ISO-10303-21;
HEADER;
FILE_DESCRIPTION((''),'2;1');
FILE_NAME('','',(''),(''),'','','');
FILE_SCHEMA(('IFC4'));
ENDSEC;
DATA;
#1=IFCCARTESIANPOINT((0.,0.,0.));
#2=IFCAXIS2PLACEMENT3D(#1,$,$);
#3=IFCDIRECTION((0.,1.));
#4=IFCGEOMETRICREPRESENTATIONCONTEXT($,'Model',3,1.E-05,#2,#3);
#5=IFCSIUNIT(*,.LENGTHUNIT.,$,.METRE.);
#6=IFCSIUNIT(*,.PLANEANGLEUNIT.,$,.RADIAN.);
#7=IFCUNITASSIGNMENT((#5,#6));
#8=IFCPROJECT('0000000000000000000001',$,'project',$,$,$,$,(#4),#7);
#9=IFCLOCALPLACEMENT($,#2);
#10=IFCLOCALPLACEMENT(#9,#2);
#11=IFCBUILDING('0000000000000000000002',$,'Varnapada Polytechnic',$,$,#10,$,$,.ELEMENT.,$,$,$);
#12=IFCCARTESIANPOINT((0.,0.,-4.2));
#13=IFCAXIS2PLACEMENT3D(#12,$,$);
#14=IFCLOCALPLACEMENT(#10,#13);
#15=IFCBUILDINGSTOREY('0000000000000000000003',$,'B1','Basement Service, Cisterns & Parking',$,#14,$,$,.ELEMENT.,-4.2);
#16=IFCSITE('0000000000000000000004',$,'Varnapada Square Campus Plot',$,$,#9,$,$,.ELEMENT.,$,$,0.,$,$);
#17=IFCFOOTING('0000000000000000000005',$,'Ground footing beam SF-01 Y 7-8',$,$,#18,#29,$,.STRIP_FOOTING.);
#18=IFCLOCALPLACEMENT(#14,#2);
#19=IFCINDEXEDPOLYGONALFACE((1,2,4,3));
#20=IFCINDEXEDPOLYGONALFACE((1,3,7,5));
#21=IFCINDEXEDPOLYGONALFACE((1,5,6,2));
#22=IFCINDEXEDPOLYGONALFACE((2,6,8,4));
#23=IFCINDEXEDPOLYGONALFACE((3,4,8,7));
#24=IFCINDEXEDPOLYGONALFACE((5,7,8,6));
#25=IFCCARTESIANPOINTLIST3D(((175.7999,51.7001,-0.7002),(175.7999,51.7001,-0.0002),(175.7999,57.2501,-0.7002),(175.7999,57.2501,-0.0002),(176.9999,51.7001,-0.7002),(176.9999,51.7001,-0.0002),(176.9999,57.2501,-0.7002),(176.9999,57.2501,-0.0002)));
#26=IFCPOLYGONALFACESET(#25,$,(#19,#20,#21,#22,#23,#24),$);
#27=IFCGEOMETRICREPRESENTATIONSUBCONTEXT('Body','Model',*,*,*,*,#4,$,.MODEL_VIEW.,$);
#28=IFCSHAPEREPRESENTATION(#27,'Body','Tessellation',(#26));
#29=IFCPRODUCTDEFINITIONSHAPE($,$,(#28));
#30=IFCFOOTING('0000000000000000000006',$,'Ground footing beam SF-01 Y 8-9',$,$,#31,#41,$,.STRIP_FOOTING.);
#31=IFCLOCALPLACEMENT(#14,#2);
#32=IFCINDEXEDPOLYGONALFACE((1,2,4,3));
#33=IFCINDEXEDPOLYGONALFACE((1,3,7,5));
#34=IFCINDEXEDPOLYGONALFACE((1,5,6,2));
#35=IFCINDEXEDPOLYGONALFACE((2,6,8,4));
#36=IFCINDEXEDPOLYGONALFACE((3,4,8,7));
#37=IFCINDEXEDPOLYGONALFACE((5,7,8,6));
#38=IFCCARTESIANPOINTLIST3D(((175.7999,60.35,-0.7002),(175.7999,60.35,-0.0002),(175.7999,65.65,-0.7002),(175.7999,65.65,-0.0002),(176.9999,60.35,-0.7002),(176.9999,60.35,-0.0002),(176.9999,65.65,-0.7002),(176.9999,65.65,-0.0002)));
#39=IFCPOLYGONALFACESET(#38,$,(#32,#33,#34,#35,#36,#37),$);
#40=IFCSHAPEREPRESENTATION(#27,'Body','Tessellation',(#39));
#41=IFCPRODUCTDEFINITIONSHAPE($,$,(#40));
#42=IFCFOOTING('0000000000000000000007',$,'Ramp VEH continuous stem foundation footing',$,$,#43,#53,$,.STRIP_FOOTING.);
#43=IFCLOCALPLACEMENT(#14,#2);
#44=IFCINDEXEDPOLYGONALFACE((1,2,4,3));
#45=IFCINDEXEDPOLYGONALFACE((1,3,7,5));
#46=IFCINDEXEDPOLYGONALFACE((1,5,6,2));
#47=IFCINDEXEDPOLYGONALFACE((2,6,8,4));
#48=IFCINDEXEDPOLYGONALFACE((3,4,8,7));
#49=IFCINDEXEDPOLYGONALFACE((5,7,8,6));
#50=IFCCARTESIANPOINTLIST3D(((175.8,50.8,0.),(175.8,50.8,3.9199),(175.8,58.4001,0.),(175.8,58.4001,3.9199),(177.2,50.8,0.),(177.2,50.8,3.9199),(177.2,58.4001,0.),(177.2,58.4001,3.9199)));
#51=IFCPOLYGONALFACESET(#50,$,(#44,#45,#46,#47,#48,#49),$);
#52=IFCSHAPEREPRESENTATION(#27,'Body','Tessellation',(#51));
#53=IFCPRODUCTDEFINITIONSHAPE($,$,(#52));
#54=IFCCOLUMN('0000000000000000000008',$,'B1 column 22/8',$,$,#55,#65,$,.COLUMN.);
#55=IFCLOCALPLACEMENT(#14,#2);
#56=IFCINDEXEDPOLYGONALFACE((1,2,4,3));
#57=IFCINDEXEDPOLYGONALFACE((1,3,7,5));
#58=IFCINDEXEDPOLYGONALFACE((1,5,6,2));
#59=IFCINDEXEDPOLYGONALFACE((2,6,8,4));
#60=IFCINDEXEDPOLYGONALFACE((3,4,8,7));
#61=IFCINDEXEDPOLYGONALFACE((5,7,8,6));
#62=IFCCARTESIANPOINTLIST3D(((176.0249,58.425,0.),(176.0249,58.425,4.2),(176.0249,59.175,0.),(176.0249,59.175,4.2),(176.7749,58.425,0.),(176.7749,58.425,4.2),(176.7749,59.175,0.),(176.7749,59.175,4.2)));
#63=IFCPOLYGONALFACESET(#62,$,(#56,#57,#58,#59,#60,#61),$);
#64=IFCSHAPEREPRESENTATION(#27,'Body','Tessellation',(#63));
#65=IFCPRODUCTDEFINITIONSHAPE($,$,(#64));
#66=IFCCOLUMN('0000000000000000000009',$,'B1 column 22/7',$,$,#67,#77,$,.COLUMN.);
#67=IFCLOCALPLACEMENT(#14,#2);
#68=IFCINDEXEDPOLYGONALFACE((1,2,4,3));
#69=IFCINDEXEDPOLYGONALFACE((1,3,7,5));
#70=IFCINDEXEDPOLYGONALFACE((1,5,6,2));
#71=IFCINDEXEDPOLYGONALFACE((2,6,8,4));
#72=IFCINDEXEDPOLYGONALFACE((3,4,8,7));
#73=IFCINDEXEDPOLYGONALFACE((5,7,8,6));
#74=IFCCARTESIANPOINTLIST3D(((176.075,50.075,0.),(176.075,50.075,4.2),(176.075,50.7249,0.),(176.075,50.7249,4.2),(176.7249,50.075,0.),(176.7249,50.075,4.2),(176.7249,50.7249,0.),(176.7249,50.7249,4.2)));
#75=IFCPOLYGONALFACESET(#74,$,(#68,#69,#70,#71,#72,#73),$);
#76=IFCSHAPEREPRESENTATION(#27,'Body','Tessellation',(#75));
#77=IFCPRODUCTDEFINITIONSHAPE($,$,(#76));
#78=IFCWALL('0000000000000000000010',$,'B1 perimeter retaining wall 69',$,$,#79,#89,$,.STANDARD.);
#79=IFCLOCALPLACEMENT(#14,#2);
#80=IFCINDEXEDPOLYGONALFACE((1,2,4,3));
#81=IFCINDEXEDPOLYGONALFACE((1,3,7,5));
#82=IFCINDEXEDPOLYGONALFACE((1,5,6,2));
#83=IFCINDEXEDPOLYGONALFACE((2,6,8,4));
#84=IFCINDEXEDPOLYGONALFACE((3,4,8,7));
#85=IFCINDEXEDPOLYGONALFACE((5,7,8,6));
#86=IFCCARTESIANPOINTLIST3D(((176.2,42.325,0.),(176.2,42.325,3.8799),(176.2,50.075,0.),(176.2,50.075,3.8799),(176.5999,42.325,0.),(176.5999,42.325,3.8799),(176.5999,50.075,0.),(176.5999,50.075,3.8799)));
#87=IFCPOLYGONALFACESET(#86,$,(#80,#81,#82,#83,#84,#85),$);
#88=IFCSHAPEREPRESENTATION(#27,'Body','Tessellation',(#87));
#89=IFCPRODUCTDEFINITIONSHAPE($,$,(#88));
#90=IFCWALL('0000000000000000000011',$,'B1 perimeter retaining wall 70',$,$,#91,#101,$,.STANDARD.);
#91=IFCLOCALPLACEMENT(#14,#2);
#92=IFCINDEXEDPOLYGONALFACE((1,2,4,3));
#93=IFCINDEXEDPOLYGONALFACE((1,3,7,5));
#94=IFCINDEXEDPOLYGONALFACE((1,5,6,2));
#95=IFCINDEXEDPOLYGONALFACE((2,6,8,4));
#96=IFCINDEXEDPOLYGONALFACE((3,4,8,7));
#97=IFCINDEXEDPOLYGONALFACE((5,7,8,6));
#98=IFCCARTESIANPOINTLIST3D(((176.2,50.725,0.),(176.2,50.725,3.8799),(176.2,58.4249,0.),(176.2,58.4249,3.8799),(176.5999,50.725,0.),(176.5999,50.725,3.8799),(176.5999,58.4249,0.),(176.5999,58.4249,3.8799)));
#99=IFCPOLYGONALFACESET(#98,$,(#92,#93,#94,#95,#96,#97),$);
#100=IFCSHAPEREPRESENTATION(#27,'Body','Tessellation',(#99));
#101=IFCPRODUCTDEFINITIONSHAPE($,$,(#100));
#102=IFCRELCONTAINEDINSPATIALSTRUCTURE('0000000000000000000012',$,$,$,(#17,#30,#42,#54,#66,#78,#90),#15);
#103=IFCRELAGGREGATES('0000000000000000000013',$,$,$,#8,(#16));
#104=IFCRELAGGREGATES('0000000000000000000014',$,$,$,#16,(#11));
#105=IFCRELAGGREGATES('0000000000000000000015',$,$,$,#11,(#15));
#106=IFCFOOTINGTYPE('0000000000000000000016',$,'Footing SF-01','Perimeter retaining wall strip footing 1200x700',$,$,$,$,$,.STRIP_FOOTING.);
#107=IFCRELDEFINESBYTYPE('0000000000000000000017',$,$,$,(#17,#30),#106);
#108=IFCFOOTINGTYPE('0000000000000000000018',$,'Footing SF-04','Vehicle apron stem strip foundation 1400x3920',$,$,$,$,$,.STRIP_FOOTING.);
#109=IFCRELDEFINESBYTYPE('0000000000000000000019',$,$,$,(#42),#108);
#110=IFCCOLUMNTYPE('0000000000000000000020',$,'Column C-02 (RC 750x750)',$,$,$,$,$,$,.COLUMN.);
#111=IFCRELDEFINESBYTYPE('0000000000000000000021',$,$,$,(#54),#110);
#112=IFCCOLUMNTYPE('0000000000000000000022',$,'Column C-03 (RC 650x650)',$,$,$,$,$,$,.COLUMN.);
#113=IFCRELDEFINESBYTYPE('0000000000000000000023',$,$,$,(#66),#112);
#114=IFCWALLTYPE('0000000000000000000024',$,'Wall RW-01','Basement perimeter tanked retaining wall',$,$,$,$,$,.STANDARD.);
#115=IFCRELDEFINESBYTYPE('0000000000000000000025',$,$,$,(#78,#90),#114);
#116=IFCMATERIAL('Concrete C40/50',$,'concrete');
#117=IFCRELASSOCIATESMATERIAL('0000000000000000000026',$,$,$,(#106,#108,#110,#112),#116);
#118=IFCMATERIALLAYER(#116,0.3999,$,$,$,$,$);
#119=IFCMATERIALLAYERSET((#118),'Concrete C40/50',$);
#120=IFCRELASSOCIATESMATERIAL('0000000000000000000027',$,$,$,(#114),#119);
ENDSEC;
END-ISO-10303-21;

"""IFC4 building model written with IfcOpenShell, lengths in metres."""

from ifc_helpers import new_model, si_unit, direction, frame, frame_2d, origin, origin_2d, place, context, subcontext, project, spatial, rectangle, extrude, material, layer, layer_set, material_profile, profile_set, type_object, element, save


model = new_model("IFC4")

# Units and contexts
model_context = context("Model", 3, precision=1e-05, world=origin(), true_north=direction((0.0, 1.0)))
body_context = subcontext(model_context, "Body", "Model", "MODEL_VIEW")
ifc_project = project(units=[si_unit("LENGTHUNIT", "METRE"), si_unit("PLANEANGLEUNIT", "RADIAN")], contexts=[model_context])

# Site, building, storey
site_placement = place(None, origin())
site = spatial("IfcSite", under=ifc_project, at=site_placement, Name="Varnapada Square Campus Plot", CompositionType="ELEMENT", RefElevation=0.0)
building_placement = place(site_placement, origin())
building = spatial("IfcBuilding", under=site, at=building_placement, Name="Varnapada Polytechnic", CompositionType="ELEMENT")
storey_placement = place(building_placement, frame((0.0, 0.0, -4.2)))
storey = spatial("IfcBuildingStorey", under=building, at=storey_placement, Name="B1", Description="Basement Service, Cisterns & Parking", CompositionType="ELEMENT", Elevation=-4.2)

# Shared definitions
ifc_material = material(Name="Concrete C40/50", Category="concrete")

# Footings
footing_type_1 = type_object("IfcFootingType", Name="Footing SF-01", Description="Perimeter retaining wall strip footing 1200x700", PredefinedType="STRIP_FOOTING", material=ifc_material)
footing_1_placement = place(storey_placement, frame((176.3999, 54.4751, -0.7002), z_axis=(0.0, 0.0, 1.0), x_axis=(0.0, 1.0, 0.0)))
element("IfcFooting", 1, at=footing_1_placement, inside=storey, type_object=footing_type_1, Name="Ground footing beam SF-01 Y 7-8", PredefinedType="STRIP_FOOTING", context=body_context, shape_type="SweptSolid", body=[
    extrude(rectangle(XDim=5.55, YDim=1.2, at=origin_2d()), origin(), (0.0, 0.0, 1.0), 0.7),
])
footing_2_placement = place(storey_placement, frame((176.3999, 63.0, -0.7002), z_axis=(0.0, 0.0, 1.0), x_axis=(0.0, 1.0, 0.0)))
element("IfcFooting", 2, at=footing_2_placement, inside=storey, type_object=footing_type_1, Name="Ground footing beam SF-01 Y 8-9", PredefinedType="STRIP_FOOTING", context=body_context, shape_type="SweptSolid", body=[
    extrude(rectangle(XDim=5.3, YDim=1.2, at=origin_2d()), origin(), (0.0, 0.0, 1.0), 0.7),
])
footing_type_2 = type_object("IfcFootingType", Name="Footing SF-04", Description="Vehicle apron stem strip foundation 1400x3920", PredefinedType="STRIP_FOOTING", material=ifc_material)
footing_3_placement = place(storey_placement, frame((176.5, 54.6001, 0.0), z_axis=(0.0, 0.0, 1.0), x_axis=(0.0, 1.0, 0.0)))
element("IfcFooting", 3, at=footing_3_placement, inside=storey, type_object=footing_type_2, Name="Ramp VEH continuous stem foundation footing", PredefinedType="STRIP_FOOTING", context=body_context, shape_type="SweptSolid", body=[
    extrude(rectangle(XDim=7.6001, YDim=1.3999, at=origin_2d()), origin(), (0.0, 0.0, 1.0), 3.9199),
])

# Columns
ifc_material_profile_1 = material_profile(ifc_material, rectangle(XDim=0.75, YDim=0.75, at=origin_2d()), Name="RC 750x750")
ifc_profile_set_1 = profile_set([ifc_material_profile_1], Name="Concrete C40/50")
column_type_1 = type_object("IfcColumnType", Name="Column C-02 (RC 750x750)", PredefinedType="COLUMN", material=ifc_profile_set_1)
column_1_placement = place(storey_placement, frame((176.3999, 58.8, 0.0), z_axis=(0.0, 0.0, 1.0), x_axis=(1.0, 0.0, 0.0)))
element("IfcColumn", 4, at=column_1_placement, inside=storey, type_object=column_type_1, Name="B1 column 22/8", PredefinedType="COLUMN", context=body_context, shape_type="SweptSolid", body=[
    extrude(rectangle(XDim=0.75, YDim=0.75, at=origin_2d()), origin(), (0.0, 0.0, 1.0), 4.2),
])
ifc_material_profile_2 = material_profile(ifc_material, rectangle(XDim=0.6499, YDim=0.6499, at=origin_2d()), Name="RC 650x650")
ifc_profile_set_2 = profile_set([ifc_material_profile_2], Name="Concrete C40/50")
column_type_2 = type_object("IfcColumnType", Name="Column C-03 (RC 650x650)", PredefinedType="COLUMN", material=ifc_profile_set_2)
column_2_placement = place(storey_placement, frame((176.3999, 50.3999, 0.0), z_axis=(0.0, 0.0, 1.0), x_axis=(1.0, 0.0, 0.0)))
element("IfcColumn", 5, at=column_2_placement, inside=storey, type_object=column_type_2, Name="B1 column 22/7", PredefinedType="COLUMN", context=body_context, shape_type="SweptSolid", body=[
    extrude(rectangle(XDim=0.6499, YDim=0.6499, at=origin_2d()), origin(), (0.0, 0.0, 1.0), 4.2),
])

# Walls
ifc_layer = layer(ifc_material, 0.3999)
ifc_layer_set = layer_set([ifc_layer], Name="Concrete C40/50")
wall_type = type_object("IfcWallType", Name="Wall RW-01", Description="Basement perimeter tanked retaining wall", PredefinedType="STANDARD", material=ifc_layer_set)
wall_1_placement = place(storey_placement, frame((176.3999, 50.075, 0.0), z_axis=(0.0, 0.0, 1.0), x_axis=(0.0, -1.0, 0.0)))
element("IfcWall", 6, at=wall_1_placement, inside=storey, type_object=wall_type, Name="B1 perimeter retaining wall 69", PredefinedType="STANDARD", context=body_context, shape_type="SweptSolid", body=[
    extrude(rectangle(XDim=7.75, YDim=0.3999, at=frame_2d((3.875, 0.0))), origin(), (0.0, 0.0, 1.0), 3.8799),
])
wall_2_placement = place(storey_placement, frame((176.3999, 58.425, 0.0), z_axis=(0.0, 0.0, 1.0), x_axis=(0.0, -1.0, 0.0)))
element("IfcWall", 7, at=wall_2_placement, inside=storey, type_object=wall_type, Name="B1 perimeter retaining wall 70", PredefinedType="STANDARD", context=body_context, shape_type="SweptSolid", body=[
    extrude(rectangle(XDim=7.7, YDim=0.3999, at=frame_2d((3.8501, 0.0))), origin(), (0.0, 0.0, 1.0), 3.8799),
])

save(model, "model.ifc")
